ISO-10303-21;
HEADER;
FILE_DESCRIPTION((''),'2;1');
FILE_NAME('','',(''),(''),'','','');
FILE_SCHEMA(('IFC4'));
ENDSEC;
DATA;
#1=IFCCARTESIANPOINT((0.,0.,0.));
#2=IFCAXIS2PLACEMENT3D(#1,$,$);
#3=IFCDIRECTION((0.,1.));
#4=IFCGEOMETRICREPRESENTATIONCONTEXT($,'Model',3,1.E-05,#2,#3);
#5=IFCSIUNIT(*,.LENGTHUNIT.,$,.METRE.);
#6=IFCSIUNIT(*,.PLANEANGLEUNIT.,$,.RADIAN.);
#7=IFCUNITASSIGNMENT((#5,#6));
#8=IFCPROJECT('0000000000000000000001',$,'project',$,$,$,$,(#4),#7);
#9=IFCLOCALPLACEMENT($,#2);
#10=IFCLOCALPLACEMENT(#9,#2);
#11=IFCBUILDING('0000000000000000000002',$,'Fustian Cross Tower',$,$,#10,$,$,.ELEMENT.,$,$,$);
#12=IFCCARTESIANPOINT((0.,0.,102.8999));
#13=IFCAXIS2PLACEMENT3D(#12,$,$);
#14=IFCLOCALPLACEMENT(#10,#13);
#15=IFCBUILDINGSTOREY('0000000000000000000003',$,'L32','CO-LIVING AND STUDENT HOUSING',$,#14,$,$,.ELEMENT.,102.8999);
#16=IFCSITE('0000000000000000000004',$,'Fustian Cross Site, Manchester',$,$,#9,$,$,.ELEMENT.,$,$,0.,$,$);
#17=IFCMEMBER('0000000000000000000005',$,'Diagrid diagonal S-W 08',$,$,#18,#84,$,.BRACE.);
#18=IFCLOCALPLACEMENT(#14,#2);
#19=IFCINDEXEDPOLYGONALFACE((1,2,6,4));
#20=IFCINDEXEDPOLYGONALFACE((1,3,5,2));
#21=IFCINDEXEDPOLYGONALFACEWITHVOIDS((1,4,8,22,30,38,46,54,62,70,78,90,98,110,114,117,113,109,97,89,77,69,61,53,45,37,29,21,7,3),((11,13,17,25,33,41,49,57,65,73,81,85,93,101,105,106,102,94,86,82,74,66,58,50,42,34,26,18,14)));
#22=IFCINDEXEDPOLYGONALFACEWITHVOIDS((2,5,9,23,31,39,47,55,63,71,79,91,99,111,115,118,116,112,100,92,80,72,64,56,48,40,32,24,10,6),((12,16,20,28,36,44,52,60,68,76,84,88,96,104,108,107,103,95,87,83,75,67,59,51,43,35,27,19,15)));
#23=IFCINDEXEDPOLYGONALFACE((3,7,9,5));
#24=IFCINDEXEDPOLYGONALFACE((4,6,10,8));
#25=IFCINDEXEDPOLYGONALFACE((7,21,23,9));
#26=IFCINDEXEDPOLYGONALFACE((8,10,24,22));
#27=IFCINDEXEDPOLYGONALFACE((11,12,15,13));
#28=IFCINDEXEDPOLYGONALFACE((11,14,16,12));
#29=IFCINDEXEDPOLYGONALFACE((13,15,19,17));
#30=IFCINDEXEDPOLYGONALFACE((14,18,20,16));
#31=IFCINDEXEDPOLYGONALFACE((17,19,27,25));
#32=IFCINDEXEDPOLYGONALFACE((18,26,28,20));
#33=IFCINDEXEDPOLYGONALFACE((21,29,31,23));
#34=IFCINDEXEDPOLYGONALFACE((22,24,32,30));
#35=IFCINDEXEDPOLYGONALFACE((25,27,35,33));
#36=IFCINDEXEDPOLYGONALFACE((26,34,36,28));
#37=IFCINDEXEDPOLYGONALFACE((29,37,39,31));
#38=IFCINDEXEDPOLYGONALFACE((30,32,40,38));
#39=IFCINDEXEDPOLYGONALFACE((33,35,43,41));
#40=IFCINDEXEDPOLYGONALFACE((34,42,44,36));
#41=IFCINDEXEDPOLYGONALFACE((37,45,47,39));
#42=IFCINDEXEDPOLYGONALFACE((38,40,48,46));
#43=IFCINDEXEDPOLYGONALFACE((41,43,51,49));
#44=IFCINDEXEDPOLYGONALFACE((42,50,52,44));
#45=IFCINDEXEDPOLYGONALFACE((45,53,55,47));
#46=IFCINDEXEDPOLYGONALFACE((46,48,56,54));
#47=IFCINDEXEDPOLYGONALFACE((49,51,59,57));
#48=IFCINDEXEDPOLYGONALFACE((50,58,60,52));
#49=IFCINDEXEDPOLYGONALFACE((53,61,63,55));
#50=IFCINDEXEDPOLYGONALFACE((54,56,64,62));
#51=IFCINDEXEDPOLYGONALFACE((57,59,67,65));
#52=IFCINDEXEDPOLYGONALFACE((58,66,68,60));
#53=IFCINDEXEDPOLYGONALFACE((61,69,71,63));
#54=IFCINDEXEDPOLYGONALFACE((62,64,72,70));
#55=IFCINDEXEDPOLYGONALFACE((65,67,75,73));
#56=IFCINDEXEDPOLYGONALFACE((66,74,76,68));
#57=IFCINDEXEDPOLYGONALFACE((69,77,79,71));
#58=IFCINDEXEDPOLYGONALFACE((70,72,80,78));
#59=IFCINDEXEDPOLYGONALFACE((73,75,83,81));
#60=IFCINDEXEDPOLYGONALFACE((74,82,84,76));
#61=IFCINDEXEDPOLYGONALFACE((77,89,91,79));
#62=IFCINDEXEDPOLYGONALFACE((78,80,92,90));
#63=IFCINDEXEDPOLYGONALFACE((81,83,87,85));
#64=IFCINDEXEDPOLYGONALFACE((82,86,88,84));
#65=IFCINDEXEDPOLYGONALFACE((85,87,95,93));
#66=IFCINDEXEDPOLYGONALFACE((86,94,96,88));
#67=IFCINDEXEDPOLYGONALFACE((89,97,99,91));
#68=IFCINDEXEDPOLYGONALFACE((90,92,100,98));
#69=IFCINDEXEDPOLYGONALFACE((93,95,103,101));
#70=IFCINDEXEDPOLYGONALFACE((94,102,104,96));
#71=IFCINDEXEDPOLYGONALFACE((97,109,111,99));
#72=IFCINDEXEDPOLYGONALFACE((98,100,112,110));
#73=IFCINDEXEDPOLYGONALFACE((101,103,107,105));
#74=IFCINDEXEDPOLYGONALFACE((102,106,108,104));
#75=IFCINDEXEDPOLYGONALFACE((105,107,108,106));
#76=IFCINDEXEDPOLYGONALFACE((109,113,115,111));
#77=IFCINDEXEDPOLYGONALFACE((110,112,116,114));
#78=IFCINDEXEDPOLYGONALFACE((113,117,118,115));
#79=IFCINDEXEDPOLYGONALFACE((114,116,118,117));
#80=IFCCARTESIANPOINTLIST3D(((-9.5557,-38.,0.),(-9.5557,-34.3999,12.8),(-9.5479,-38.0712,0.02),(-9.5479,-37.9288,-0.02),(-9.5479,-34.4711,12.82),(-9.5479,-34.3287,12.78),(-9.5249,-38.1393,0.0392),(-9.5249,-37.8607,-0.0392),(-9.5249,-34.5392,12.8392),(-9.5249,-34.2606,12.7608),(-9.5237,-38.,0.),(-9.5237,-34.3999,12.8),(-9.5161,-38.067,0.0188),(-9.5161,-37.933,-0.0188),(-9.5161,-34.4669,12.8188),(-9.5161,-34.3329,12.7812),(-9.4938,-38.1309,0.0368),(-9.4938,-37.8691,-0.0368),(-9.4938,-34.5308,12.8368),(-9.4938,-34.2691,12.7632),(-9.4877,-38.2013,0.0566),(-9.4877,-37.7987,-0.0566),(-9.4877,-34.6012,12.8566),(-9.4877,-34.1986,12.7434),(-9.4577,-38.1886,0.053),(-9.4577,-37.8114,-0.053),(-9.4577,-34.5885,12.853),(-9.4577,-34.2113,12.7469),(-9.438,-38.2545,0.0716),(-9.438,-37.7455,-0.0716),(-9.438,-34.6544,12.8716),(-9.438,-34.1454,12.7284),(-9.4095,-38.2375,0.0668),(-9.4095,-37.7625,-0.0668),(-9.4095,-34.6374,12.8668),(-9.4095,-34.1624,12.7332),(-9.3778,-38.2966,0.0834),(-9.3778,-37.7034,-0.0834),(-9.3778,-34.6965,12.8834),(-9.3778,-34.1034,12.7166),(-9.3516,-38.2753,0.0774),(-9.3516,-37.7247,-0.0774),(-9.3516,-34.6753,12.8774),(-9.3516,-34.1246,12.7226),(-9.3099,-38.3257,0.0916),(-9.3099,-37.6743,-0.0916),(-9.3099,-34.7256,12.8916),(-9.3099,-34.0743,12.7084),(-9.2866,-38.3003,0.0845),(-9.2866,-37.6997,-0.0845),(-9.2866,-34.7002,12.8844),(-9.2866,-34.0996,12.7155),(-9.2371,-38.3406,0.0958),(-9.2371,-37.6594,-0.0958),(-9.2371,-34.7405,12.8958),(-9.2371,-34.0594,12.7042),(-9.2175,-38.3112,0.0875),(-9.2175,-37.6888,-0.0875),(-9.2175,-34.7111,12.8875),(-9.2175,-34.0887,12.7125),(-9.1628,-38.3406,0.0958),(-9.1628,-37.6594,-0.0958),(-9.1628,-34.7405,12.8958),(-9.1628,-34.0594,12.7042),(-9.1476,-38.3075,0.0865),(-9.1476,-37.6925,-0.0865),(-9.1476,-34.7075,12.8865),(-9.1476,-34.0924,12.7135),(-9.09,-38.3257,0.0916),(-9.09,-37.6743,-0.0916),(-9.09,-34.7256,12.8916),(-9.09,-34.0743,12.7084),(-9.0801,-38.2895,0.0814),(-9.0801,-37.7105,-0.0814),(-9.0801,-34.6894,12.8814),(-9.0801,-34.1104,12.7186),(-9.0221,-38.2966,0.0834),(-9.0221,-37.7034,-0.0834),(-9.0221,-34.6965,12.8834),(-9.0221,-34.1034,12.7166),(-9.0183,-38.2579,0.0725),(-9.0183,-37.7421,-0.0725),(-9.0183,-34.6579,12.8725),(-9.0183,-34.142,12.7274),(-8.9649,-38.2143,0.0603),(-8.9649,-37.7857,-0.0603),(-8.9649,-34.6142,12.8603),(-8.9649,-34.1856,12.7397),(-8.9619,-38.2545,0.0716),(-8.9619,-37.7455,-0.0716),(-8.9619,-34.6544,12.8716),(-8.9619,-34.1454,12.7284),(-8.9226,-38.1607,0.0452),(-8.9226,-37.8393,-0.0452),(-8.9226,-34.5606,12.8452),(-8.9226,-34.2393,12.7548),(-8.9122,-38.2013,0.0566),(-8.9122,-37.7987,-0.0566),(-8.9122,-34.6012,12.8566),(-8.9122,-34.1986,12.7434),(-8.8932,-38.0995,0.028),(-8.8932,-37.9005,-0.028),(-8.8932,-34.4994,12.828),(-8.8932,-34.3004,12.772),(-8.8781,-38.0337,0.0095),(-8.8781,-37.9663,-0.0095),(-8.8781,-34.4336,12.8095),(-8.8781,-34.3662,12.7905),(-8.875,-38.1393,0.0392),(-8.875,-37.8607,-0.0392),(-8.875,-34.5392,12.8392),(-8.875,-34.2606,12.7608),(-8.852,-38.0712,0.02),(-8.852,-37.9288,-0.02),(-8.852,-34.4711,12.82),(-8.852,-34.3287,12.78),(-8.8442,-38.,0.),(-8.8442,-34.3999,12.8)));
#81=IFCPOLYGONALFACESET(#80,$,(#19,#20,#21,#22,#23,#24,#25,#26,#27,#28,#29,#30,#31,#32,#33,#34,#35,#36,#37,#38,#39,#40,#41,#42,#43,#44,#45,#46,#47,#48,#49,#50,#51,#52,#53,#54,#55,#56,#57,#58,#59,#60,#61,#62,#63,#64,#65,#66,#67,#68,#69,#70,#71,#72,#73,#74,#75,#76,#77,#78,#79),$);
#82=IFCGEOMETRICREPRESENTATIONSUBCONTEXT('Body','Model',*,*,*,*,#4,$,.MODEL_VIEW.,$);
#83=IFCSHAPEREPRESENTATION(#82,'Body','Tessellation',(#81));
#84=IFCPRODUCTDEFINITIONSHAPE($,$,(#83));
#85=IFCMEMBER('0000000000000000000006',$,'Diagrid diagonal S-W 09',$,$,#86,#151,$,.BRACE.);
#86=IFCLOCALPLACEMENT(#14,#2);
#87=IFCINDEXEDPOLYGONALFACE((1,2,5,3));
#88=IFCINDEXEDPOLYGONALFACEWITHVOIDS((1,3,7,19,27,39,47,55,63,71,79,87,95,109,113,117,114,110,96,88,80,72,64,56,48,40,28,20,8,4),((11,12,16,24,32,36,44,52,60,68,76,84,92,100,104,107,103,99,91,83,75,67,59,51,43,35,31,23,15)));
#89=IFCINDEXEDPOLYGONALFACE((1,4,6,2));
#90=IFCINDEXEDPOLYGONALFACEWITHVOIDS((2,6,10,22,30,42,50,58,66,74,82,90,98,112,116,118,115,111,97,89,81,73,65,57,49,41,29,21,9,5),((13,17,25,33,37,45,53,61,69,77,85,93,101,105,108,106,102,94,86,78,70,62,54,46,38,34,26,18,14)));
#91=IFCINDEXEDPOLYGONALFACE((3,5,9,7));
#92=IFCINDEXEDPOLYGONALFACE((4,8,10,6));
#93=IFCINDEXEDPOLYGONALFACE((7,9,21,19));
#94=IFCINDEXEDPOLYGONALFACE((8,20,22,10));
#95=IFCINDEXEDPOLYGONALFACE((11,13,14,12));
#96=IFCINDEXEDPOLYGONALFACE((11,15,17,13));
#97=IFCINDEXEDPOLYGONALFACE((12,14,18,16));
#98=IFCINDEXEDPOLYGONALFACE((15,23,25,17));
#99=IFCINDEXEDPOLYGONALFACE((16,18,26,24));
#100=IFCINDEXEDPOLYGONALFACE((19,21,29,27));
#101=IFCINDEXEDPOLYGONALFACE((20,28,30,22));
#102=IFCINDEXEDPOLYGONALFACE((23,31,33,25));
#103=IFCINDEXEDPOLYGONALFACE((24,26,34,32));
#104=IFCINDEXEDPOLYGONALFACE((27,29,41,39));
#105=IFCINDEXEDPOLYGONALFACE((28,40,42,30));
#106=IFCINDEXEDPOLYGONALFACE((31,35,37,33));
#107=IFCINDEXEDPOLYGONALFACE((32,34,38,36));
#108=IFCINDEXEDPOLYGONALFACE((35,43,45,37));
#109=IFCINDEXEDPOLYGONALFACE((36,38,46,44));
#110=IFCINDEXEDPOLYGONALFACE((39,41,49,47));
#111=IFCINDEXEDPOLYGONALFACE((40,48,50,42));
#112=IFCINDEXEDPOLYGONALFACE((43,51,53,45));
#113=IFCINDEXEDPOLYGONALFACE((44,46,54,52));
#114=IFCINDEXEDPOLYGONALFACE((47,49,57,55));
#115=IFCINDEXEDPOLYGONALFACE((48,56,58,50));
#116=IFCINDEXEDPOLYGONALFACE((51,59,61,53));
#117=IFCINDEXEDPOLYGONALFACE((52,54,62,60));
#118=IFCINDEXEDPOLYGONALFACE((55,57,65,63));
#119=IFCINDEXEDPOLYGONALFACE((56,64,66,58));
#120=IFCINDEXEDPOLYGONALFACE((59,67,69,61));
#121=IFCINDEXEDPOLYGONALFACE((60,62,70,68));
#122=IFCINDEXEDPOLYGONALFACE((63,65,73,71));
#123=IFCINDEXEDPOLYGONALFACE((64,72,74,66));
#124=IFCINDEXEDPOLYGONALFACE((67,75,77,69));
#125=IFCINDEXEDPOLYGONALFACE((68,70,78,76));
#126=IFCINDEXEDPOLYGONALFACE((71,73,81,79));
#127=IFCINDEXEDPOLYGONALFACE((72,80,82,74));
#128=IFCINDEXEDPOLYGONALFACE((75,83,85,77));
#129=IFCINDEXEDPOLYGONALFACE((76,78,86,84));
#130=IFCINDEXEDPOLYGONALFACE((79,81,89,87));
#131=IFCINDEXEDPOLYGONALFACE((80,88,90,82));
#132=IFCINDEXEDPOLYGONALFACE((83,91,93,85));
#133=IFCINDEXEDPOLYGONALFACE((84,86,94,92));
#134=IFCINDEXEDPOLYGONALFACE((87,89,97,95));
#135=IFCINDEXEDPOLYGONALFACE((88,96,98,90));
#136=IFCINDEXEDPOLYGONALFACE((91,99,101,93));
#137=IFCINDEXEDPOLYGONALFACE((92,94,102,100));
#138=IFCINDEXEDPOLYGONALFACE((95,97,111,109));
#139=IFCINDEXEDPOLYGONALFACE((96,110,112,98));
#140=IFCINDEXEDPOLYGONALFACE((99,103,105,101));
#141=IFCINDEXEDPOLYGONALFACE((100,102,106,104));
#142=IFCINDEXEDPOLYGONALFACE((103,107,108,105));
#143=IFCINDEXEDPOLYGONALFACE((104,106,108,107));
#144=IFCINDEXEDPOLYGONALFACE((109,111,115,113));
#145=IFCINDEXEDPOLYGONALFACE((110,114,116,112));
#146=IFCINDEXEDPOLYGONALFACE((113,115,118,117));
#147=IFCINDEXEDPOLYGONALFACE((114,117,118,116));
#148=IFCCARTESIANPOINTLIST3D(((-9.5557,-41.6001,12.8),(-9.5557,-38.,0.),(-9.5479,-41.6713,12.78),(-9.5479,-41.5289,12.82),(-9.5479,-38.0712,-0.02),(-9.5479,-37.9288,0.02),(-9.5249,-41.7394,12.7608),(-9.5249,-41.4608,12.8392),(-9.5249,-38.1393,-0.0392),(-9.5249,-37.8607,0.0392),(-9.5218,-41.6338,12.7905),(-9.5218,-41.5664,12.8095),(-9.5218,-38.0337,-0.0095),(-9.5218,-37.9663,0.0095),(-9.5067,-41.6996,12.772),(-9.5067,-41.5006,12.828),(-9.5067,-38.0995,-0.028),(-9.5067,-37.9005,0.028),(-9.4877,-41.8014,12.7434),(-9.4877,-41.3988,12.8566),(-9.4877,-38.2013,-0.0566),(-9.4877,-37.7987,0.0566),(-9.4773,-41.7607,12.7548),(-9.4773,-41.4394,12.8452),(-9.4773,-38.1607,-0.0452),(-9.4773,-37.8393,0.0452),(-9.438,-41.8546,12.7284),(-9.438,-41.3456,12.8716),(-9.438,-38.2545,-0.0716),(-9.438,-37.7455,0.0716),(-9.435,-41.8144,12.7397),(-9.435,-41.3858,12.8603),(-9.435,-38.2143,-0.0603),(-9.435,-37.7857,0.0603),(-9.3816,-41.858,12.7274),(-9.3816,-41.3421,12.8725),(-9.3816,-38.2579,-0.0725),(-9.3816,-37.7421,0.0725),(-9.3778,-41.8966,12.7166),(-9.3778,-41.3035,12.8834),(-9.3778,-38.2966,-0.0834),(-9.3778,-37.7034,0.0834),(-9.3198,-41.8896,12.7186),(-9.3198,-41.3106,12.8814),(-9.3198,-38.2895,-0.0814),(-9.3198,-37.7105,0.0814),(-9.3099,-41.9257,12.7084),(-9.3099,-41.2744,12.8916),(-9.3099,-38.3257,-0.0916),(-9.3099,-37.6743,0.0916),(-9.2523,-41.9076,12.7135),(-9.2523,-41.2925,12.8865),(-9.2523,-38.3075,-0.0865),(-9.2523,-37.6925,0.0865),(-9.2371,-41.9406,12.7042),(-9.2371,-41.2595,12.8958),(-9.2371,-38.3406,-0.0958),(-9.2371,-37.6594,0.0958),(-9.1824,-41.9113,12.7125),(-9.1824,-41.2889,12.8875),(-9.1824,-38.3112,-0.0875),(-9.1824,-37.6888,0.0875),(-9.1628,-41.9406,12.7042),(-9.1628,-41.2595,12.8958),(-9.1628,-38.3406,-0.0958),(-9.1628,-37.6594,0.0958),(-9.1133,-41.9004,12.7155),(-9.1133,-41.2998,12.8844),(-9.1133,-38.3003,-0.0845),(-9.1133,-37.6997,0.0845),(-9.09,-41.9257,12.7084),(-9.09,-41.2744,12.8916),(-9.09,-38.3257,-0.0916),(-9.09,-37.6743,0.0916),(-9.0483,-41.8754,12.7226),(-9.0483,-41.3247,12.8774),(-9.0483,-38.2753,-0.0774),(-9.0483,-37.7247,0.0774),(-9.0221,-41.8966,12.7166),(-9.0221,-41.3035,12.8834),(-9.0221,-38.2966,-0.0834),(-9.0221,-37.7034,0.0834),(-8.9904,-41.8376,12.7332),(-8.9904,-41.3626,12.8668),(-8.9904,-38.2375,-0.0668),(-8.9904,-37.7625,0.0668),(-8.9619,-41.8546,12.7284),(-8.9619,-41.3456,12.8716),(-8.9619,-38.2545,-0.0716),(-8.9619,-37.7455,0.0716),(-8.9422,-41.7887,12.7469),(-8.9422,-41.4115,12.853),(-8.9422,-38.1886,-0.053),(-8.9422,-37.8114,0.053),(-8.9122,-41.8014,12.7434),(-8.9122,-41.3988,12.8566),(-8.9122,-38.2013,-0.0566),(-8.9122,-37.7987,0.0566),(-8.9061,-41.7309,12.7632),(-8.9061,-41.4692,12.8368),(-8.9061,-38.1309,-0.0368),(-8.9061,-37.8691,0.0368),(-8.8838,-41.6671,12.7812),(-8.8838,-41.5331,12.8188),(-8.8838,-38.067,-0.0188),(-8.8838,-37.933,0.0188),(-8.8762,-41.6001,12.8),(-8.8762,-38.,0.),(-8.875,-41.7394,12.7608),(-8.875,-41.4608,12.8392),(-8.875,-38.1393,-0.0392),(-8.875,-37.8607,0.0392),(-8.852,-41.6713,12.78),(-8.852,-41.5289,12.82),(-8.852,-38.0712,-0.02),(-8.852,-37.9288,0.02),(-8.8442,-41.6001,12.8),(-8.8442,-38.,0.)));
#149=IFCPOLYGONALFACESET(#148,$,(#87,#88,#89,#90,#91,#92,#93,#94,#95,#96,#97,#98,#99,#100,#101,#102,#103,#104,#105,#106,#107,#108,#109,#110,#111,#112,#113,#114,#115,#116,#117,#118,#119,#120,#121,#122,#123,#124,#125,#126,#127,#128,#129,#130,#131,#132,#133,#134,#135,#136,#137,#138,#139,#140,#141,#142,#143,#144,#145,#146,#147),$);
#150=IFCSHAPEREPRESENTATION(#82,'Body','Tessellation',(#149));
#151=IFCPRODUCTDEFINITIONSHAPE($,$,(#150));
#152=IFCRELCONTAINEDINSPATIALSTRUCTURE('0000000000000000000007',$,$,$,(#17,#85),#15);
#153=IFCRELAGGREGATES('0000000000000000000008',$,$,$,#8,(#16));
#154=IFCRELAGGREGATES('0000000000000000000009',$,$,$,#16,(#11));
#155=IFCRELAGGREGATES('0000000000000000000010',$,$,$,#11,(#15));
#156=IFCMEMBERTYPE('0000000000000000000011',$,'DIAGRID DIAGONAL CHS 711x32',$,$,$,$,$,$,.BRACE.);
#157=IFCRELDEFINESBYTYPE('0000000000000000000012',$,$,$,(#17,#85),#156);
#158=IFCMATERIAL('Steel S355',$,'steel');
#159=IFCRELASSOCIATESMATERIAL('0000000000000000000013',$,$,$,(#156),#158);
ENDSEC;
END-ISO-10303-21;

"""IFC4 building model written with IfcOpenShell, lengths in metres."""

from ifc_helpers import new_model, si_unit, direction, frame, origin, origin_2d, place, context, subcontext, project, spatial, hollow_circle, extrude, material, material_profile, profile_set, type_object, element, save


model = new_model("IFC4")

# Units and contexts
model_context = context("Model", 3, precision=1e-05, world=origin(), true_north=direction((0.0, 1.0)))
body_context = subcontext(model_context, "Body", "Model", "MODEL_VIEW")
ifc_project = project(units=[si_unit("LENGTHUNIT", "METRE"), si_unit("PLANEANGLEUNIT", "RADIAN")], contexts=[model_context])

# Site, building, storey
site_placement = place(None, origin())
site = spatial("IfcSite", under=ifc_project, at=site_placement, Name="Fustian Cross Site, Manchester", CompositionType="ELEMENT", RefElevation=0.0)
building_placement = place(site_placement, origin())
building = spatial("IfcBuilding", under=site, at=building_placement, Name="Fustian Cross Tower", CompositionType="ELEMENT")
storey_placement = place(building_placement, frame((0.0, 0.0, 102.8999)))
storey = spatial("IfcBuildingStorey", under=building, at=storey_placement, Name="L32", Description="CO-LIVING AND STUDENT HOUSING", CompositionType="ELEMENT", Elevation=102.8999)

# Members
ifc_material_1 = material(Name="Steel S355", Category="steel")
ifc_material_profile_1 = material_profile(ifc_material_1, hollow_circle(Radius=0.3557, WallThickness=0.032, at=origin_2d()), Name="CHS 711x32")
ifc_profile_set_1 = profile_set([ifc_material_profile_1], Name="Steel S355")
member_type_1 = type_object("IfcMemberType", Name="DIAGRID DIAGONAL CHS 711x32", PredefinedType="BRACE", material=ifc_profile_set_1)
for number, where, z_axis, x_axis, name in (
    (1, (-9.2, -38.0, 0.0), (0.0, 0.270751, 0.962649), (-1.0, 0.0, 0.0), "Diagrid diagonal S-W 08"),
    (2, (-9.2, -38.0, 0.0), (0.0, -0.270751, 0.962649), (1.0, 0.0, 0.0), "Diagrid diagonal S-W 09"),
):
    element("IfcMember", number, at=place(storey_placement, frame(where, z_axis=z_axis, x_axis=x_axis)), inside=storey, type_object=member_type_1, Name=name, PredefinedType="BRACE", context=body_context, shape_type="SweptSolid", body=[
        extrude(hollow_circle(Radius=0.3557, WallThickness=0.032, at=origin_2d()), origin(), (0.0, 0.0, 1.0), 13.2966),
    ])

save(model, "model.ifc")
